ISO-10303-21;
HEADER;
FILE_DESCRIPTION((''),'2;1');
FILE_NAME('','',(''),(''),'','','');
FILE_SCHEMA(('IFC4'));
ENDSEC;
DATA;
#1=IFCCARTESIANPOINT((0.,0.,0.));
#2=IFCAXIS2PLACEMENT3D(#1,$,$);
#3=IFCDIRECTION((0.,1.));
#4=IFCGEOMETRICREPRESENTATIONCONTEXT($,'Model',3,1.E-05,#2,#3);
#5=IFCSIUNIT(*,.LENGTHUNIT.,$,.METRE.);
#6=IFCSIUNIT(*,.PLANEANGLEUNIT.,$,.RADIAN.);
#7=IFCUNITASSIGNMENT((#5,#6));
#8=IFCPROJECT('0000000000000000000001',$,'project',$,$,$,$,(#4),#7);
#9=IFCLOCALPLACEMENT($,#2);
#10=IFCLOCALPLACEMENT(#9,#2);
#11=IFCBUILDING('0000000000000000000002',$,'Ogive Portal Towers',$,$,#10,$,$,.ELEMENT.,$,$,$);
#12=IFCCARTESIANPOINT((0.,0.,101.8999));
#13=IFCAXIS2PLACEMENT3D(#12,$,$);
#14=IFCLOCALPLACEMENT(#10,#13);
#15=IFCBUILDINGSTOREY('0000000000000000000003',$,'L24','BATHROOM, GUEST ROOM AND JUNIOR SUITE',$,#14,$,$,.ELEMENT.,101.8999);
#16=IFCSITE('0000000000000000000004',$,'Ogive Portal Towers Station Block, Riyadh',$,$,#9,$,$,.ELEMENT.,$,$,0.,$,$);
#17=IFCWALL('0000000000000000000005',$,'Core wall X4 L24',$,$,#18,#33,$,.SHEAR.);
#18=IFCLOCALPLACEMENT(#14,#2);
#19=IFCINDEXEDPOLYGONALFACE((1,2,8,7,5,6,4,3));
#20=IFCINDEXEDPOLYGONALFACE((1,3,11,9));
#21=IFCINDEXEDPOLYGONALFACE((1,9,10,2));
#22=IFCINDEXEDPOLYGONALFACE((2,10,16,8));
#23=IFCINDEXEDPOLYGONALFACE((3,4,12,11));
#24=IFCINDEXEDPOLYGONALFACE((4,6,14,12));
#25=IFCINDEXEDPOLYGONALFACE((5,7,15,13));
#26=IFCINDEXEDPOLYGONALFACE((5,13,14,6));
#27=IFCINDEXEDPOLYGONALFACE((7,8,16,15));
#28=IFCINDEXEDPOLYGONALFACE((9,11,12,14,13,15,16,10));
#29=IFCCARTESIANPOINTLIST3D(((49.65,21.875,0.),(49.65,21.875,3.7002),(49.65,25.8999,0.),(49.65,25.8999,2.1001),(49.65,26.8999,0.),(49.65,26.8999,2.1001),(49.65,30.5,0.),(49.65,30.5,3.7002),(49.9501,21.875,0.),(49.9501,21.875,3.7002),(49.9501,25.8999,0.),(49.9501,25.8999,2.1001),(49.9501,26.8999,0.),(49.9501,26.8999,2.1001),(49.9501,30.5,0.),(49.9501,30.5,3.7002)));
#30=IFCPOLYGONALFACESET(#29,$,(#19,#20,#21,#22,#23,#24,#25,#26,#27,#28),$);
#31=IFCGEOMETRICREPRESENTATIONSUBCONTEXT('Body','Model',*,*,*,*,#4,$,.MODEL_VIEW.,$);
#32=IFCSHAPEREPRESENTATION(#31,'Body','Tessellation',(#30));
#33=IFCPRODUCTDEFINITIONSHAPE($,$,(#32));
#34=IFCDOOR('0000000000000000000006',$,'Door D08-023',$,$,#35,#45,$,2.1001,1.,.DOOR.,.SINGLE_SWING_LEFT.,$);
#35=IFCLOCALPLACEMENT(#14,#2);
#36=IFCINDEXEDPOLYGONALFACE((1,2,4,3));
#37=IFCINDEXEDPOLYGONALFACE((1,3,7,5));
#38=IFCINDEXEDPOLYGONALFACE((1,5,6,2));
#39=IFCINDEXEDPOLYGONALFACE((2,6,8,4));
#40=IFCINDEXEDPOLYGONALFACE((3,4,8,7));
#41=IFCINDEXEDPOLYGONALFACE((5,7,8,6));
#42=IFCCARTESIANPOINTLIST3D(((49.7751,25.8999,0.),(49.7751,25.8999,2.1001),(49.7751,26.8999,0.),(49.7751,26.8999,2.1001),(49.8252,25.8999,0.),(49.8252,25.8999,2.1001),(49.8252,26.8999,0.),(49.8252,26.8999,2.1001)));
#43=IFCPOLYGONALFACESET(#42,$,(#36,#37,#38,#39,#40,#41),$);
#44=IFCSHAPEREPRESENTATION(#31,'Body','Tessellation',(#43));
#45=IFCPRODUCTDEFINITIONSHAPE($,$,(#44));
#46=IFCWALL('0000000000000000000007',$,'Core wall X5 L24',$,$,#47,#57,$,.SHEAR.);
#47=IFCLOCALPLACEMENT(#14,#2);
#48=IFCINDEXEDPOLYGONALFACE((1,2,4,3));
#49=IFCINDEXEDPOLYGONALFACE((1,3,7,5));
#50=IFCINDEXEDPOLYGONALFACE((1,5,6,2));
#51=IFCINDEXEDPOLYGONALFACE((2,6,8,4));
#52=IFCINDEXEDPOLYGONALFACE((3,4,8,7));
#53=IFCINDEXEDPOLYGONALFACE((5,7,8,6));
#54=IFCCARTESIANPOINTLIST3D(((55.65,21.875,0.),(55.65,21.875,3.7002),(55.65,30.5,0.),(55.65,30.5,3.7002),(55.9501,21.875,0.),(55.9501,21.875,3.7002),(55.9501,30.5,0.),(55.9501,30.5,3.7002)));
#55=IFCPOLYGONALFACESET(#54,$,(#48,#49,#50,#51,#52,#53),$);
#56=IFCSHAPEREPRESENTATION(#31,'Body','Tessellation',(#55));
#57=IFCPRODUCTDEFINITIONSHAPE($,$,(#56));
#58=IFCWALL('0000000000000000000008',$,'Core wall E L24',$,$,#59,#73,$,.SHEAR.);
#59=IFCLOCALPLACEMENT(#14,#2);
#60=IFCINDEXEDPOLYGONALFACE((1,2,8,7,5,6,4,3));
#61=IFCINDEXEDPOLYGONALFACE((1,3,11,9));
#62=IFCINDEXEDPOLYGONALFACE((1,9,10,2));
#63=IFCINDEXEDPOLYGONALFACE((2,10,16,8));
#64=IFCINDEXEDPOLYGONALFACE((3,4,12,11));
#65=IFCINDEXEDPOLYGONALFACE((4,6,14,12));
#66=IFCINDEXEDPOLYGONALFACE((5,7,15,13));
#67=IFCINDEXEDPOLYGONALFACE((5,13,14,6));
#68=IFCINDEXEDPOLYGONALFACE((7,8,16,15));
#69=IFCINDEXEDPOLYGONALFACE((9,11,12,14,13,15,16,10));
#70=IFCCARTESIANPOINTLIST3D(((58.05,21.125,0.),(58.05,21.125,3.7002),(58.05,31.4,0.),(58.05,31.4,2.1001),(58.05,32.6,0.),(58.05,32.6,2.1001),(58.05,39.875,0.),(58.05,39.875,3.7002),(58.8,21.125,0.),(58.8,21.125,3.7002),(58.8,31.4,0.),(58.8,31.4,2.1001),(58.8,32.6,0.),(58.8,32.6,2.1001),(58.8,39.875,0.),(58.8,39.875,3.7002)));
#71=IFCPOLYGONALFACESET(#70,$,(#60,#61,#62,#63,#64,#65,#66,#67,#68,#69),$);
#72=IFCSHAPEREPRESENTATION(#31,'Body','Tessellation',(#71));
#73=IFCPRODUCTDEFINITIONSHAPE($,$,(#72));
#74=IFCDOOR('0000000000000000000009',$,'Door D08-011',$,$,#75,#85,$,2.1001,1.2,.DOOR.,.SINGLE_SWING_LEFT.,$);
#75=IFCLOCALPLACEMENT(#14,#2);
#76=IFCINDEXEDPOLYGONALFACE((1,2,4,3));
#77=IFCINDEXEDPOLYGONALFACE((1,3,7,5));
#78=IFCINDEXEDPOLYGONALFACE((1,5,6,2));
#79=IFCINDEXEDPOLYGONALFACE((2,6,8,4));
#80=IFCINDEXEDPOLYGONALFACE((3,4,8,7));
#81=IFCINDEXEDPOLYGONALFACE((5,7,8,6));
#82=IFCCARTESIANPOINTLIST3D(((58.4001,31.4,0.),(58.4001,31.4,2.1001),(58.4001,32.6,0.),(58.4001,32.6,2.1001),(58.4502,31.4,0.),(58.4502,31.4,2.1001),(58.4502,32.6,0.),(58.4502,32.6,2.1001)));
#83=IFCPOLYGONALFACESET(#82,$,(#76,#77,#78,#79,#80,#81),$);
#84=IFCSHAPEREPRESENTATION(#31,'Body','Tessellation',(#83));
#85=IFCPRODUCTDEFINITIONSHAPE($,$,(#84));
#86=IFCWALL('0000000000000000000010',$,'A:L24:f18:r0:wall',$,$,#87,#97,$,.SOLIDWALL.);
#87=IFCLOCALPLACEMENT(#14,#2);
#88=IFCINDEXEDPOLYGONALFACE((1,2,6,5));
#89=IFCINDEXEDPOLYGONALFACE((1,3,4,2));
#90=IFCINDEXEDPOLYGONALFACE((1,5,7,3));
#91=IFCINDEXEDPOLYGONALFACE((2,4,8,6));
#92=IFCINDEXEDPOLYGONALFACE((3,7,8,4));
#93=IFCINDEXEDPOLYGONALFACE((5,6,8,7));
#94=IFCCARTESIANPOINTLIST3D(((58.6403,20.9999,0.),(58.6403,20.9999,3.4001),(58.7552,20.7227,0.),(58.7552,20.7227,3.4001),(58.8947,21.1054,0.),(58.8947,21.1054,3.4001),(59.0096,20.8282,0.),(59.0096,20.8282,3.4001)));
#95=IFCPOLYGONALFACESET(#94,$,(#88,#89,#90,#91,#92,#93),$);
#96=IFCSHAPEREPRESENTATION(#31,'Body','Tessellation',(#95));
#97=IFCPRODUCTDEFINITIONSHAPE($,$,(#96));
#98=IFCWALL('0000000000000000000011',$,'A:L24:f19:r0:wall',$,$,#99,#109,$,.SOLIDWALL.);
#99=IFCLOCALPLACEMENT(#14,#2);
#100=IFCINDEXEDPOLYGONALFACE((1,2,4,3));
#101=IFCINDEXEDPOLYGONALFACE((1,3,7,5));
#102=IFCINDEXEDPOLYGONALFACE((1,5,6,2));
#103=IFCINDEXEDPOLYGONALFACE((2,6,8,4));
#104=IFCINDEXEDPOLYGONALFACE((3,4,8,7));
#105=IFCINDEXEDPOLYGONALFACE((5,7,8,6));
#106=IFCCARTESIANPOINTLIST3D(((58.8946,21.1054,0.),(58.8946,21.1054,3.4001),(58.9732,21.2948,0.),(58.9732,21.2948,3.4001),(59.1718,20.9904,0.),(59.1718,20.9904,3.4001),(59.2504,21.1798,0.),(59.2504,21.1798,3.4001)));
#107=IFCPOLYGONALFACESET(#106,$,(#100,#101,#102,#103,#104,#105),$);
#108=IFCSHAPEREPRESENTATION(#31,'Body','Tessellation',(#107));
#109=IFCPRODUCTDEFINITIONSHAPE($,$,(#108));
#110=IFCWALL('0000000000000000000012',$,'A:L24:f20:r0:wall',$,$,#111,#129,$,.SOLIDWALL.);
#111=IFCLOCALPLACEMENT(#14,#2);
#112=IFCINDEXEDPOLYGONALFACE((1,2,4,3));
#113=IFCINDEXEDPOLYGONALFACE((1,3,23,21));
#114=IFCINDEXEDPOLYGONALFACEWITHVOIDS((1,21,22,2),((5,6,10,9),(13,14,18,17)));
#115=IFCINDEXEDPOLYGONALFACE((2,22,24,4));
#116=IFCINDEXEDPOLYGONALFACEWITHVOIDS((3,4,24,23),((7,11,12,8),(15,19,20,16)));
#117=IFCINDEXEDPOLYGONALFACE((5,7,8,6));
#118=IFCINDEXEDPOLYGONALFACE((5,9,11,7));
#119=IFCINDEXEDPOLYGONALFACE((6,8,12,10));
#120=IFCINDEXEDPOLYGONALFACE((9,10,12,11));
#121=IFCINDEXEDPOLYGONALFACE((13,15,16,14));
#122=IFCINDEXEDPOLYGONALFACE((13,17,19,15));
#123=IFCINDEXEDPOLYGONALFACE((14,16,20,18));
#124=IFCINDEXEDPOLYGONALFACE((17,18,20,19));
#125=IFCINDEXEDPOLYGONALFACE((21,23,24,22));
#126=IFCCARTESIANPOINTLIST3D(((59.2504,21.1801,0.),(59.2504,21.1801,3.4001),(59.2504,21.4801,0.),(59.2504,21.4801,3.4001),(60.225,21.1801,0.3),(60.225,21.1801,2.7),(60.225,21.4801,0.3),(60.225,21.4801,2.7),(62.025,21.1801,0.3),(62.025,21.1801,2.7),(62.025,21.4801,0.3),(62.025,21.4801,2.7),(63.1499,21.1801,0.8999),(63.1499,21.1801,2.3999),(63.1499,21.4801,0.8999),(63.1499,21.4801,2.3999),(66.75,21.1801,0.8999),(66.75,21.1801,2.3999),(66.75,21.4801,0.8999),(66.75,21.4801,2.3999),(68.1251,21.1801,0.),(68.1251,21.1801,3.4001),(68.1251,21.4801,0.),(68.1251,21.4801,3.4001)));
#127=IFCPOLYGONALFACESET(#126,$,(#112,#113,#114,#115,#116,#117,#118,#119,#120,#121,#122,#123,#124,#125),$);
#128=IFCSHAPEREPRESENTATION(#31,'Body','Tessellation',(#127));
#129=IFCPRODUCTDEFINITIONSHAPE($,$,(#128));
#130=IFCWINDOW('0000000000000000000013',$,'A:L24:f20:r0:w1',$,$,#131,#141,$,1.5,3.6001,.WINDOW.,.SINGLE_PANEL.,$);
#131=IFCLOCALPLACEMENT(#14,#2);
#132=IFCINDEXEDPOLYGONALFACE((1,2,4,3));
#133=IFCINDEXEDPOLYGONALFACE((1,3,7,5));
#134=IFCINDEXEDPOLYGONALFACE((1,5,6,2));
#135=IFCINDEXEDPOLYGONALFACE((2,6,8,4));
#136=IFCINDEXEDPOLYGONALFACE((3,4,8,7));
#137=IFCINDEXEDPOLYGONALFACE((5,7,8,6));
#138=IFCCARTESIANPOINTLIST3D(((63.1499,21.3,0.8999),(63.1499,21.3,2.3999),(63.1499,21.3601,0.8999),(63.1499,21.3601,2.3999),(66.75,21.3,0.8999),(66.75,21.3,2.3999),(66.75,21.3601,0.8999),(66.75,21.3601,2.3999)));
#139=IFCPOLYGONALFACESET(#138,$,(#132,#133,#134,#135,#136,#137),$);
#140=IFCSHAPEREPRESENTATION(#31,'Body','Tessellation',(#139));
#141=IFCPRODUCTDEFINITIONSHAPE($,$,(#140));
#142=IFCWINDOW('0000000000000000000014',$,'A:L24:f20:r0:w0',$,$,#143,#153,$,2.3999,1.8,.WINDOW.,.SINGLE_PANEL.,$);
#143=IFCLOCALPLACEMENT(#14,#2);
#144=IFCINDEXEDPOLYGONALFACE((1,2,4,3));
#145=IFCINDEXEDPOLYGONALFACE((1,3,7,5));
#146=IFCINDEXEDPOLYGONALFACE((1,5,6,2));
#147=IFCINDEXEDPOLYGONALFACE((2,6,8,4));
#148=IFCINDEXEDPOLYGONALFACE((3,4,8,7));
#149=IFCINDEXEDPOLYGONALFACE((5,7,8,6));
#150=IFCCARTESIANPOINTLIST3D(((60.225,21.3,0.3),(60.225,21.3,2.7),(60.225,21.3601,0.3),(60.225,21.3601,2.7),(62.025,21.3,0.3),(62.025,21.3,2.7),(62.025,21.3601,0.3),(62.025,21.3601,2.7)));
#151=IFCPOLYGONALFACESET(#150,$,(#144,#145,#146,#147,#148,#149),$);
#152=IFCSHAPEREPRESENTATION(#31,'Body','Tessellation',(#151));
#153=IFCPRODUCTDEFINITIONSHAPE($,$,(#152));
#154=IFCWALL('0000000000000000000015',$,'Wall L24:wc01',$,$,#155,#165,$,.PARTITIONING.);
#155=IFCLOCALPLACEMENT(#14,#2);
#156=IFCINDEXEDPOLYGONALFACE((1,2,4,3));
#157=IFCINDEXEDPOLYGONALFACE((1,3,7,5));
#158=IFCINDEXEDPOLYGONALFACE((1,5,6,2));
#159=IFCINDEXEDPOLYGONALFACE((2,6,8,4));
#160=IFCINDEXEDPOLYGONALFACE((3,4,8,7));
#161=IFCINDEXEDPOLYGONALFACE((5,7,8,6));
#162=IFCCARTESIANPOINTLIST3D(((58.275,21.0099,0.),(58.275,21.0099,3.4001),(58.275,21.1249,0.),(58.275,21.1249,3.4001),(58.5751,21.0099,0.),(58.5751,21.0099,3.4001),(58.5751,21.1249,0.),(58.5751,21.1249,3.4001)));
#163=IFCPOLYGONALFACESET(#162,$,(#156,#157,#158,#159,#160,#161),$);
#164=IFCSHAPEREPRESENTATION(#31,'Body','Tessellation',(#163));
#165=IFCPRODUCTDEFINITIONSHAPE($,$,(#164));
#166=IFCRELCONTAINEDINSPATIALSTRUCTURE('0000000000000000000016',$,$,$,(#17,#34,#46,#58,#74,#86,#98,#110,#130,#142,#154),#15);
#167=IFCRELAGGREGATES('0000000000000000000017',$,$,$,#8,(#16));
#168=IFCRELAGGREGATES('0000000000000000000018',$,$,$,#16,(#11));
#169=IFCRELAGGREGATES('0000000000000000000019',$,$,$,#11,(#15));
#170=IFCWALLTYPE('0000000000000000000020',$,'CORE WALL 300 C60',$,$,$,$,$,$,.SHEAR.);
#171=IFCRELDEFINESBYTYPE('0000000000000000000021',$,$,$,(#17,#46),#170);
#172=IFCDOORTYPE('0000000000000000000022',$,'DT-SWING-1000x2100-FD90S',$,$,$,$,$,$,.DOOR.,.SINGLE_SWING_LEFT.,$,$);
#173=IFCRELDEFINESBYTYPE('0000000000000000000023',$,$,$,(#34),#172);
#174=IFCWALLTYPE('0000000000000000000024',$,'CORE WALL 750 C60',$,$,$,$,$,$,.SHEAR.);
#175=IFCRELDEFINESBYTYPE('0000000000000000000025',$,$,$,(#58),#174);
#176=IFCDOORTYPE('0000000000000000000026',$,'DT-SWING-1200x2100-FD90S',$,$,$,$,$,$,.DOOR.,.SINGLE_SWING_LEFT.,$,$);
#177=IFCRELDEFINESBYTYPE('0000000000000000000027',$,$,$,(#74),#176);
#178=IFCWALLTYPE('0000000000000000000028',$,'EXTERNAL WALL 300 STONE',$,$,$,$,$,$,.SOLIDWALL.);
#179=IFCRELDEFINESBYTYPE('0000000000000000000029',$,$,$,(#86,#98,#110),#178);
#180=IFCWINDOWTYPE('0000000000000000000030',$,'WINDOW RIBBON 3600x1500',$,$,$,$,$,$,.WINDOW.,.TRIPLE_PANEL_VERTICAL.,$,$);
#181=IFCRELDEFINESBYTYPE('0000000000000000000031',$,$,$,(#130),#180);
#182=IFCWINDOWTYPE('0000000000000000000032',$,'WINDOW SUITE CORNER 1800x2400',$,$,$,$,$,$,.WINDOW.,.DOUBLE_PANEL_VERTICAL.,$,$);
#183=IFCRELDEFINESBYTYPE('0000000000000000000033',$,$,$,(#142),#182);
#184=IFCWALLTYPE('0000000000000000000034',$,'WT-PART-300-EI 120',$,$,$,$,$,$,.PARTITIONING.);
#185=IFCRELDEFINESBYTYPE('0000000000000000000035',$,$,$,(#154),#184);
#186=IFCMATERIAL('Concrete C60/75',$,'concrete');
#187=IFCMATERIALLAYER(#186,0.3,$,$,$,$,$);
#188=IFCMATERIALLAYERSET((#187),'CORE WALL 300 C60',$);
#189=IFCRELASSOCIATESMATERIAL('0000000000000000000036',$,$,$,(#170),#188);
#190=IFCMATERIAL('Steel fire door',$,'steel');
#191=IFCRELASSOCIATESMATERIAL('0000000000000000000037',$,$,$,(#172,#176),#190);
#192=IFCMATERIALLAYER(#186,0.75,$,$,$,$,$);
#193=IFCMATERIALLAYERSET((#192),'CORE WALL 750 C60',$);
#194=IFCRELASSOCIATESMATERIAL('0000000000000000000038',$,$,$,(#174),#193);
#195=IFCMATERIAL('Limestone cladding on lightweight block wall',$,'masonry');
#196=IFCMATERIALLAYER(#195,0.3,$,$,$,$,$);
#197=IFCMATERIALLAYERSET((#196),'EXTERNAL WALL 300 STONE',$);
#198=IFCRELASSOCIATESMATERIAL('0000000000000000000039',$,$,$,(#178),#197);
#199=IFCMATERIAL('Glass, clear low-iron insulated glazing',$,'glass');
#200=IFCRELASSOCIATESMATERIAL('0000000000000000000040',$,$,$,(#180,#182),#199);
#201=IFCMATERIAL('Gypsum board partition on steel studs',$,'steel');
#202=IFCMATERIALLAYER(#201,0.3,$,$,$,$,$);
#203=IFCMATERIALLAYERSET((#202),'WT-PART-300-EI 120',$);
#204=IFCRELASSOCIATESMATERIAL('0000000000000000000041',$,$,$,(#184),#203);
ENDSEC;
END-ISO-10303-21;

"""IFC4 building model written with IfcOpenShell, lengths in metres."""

from ifc_helpers import new_model, si_unit, direction, frame, frame_2d, origin, place, context, subcontext, project, spatial, rectangle, extrude, material, layer, layer_set, type_object, element, fill, save


model = new_model("IFC4")

# Units and contexts
model_context = context("Model", 3, precision=1e-05, world=origin(), true_north=direction((0.0, 1.0)))
body_context = subcontext(model_context, "Body", "Model", "MODEL_VIEW")
ifc_project = project(units=[si_unit("LENGTHUNIT", "METRE"), si_unit("PLANEANGLEUNIT", "RADIAN")], contexts=[model_context])

# Site, building, storey
site_placement = place(None, origin())
site = spatial("IfcSite", under=ifc_project, at=site_placement, Name="Ogive Portal Towers Station Block, Riyadh", CompositionType="ELEMENT", RefElevation=0.0)
building_placement = place(site_placement, origin())
building = spatial("IfcBuilding", under=site, at=building_placement, Name="Ogive Portal Towers", CompositionType="ELEMENT")
storey_placement = place(building_placement, frame((0.0, 0.0, 101.8999)))
storey = spatial("IfcBuildingStorey", under=building, at=storey_placement, Name="L24", Description="BATHROOM, GUEST ROOM AND JUNIOR SUITE", CompositionType="ELEMENT", Elevation=101.8999)

# Wall, opening, door
ifc_material_1 = material(Name="Concrete C60/75", Category="concrete")
ifc_layer_1 = layer(ifc_material_1, 0.3)
ifc_layer_set_1 = layer_set([ifc_layer_1], Name="CORE WALL 300 C60")
wall_type_1 = type_object("IfcWallType", Name="CORE WALL 300 C60", PredefinedType="SHEAR", material=ifc_layer_set_1)
wall_1_placement = place(storey_placement, frame((49.8, 21.875, 0.0), z_axis=(0.0, 0.0, 1.0), x_axis=(0.0, 1.0, 0.0)))
wall_1 = element("IfcWall", 1, at=wall_1_placement, inside=storey, type_object=wall_type_1, Name="Core wall X4 L24", PredefinedType="SHEAR", context=body_context, shape_type="SweptSolid", body=[
    extrude(rectangle(XDim=8.625, YDim=0.3, at=frame_2d((4.3125, 0.0))), origin(), (0.0, 0.0, 1.0), 3.7002),
])
opening_1_placement = place(wall_1_placement, frame((4.0249, 0.0, 0.0)))
opening_1 = element("IfcOpeningElement", 2, at=opening_1_placement, cuts=wall_1, PredefinedType="OPENING", context=body_context, shape_type="SweptSolid", body=[
    extrude(rectangle(XDim=1.0, YDim=2.1001, at=frame_2d((0.5, 1.05))), frame((0.0, 0.1602, 0.0), z_axis=(0.0, -1.0, 0.0), x_axis=(1.0, 0.0, 0.0)), (0.0, 0.0, 1.0), 0.3201),
])
ifc_material_2 = material(Name="Steel fire door", Category="steel")
door_type_1 = type_object("IfcDoorType", Name="DT-SWING-1000x2100-FD90S", OperationType="SINGLE_SWING_LEFT", PredefinedType="DOOR", material=ifc_material_2)
door_1_placement = place(opening_1_placement, origin())
door_1 = element("IfcDoor", 3, at=door_1_placement, inside=storey, type_object=door_type_1, Name="Door D08-023", OperationType="SINGLE_SWING_LEFT", OverallHeight=2.1001, OverallWidth=1.0, PredefinedType="DOOR", context=body_context, shape_type="SweptSolid", body=[
    extrude(rectangle(XDim=1.0, YDim=2.1001, at=frame_2d((0.5, 1.05))), frame((0.0, 0.0249, 0.0), z_axis=(0.0, -1.0, 0.0), x_axis=(1.0, 0.0, 0.0)), (0.0, 0.0, 1.0), 0.05),
])
fill(opening_1, door_1)

# Wall
wall_2_placement = place(storey_placement, frame((55.8, 21.875, 0.0), z_axis=(0.0, 0.0, 1.0), x_axis=(0.0, 1.0, 0.0)))
element("IfcWall", 4, at=wall_2_placement, inside=storey, type_object=wall_type_1, Name="Core wall X5 L24", PredefinedType="SHEAR", context=body_context, shape_type="SweptSolid", body=[
    extrude(rectangle(XDim=8.625, YDim=0.3, at=frame_2d((4.3125, 0.0))), origin(), (0.0, 0.0, 1.0), 3.7002),
])

# Wall, opening, door
ifc_layer_2 = layer(ifc_material_1, 0.75)
ifc_layer_set_2 = layer_set([ifc_layer_2], Name="CORE WALL 750 C60")
wall_type_2 = type_object("IfcWallType", Name="CORE WALL 750 C60", PredefinedType="SHEAR", material=ifc_layer_set_2)
wall_3_placement = place(storey_placement, frame((58.425, 21.125, 0.0), z_axis=(0.0, 0.0, 1.0), x_axis=(0.0, 1.0, 0.0)))
wall_3 = element("IfcWall", 5, at=wall_3_placement, inside=storey, type_object=wall_type_2, Name="Core wall E L24", PredefinedType="SHEAR", context=body_context, shape_type="SweptSolid", body=[
    extrude(rectangle(XDim=18.75, YDim=0.75, at=frame_2d((9.375, 0.0))), origin(), (0.0, 0.0, 1.0), 3.7002),
])
opening_2_placement = place(wall_3_placement, frame((10.2749, 0.0, 0.0)))
opening_2 = element("IfcOpeningElement", 6, at=opening_2_placement, cuts=wall_3, PredefinedType="OPENING", context=body_context, shape_type="SweptSolid", body=[
    extrude(rectangle(XDim=1.2, YDim=2.1001, at=frame_2d((0.6001, 1.05))), frame((0.0, 0.385, 0.0), z_axis=(0.0, -1.0, 0.0), x_axis=(1.0, 0.0, 0.0)), (0.0, 0.0, 1.0), 0.77),
])
door_type_2 = type_object("IfcDoorType", Name="DT-SWING-1200x2100-FD90S", OperationType="SINGLE_SWING_LEFT", PredefinedType="DOOR", material=ifc_material_2)
door_2_placement = place(opening_2_placement, origin())
door_2 = element("IfcDoor", 7, at=door_2_placement, inside=storey, type_object=door_type_2, Name="Door D08-011", OperationType="SINGLE_SWING_LEFT", OverallHeight=2.1001, OverallWidth=1.2, PredefinedType="DOOR", context=body_context, shape_type="SweptSolid", body=[
    extrude(rectangle(XDim=1.2, YDim=2.1001, at=frame_2d((0.6001, 1.05))), frame((0.0, 0.0249, 0.0), z_axis=(0.0, -1.0, 0.0), x_axis=(1.0, 0.0, 0.0)), (0.0, 0.0, 1.0), 0.05),
])
fill(opening_2, door_2)

# Walls
ifc_material_3 = material(Name="Limestone cladding on lightweight block wall", Category="masonry")
ifc_layer_3 = layer(ifc_material_3, 0.3)
ifc_layer_set_3 = layer_set([ifc_layer_3], Name="EXTERNAL WALL 300 STONE")
wall_type_3 = type_object("IfcWallType", Name="EXTERNAL WALL 300 STONE", PredefinedType="SOLIDWALL", material=ifc_layer_set_3)
wall_4_placement = place(storey_placement, frame((58.6978, 20.8613, 0.0), z_axis=(0.0, 0.0, 1.0), x_axis=(0.923757, 0.382978, 0.0)))
element("IfcWall", 8, at=wall_4_placement, inside=storey, type_object=wall_type_3, Name="A:L24:f18:r0:wall", PredefinedType="SOLIDWALL", context=body_context, shape_type="SweptSolid", body=[
    extrude(rectangle(XDim=0.2754, YDim=0.3, at=frame_2d((0.1377, 0.0))), origin(), (0.0, 0.0, 1.0), 3.4001),
])
wall_5_placement = place(storey_placement, frame((59.0332, 21.0479, 0.0), z_axis=(0.0, 0.0, 1.0), x_axis=(0.383263, 0.923639, 0.0)))
element("IfcWall", 9, at=wall_5_placement, inside=storey, type_object=wall_type_3, Name="A:L24:f19:r0:wall", PredefinedType="SOLIDWALL", context=body_context, shape_type="SweptSolid", body=[
    extrude(rectangle(XDim=0.2051, YDim=0.3, at=frame_2d((0.1025, 0.0))), origin(), (0.0, 0.0, 1.0), 3.4001),
])

# Wall, openings, windows
wall_6_placement = place(storey_placement, frame((59.2502, 21.3301, 0.0), z_axis=(0.0, 0.0, 1.0), x_axis=(1.0, 0.0, 0.0)))
wall_6 = element("IfcWall", 10, at=wall_6_placement, inside=storey, type_object=wall_type_3, Name="A:L24:f20:r0:wall", PredefinedType="SOLIDWALL", context=body_context, shape_type="SweptSolid", body=[
    extrude(rectangle(XDim=8.8748, YDim=0.3, at=frame_2d((4.4375, 0.0))), origin(), (0.0, 0.0, 1.0), 3.4001),
])
opening_3_placement = place(wall_6_placement, frame((0.9749, 0.0, 0.3)))
opening_3 = element("IfcOpeningElement", 11, at=opening_3_placement, cuts=wall_6, PredefinedType="OPENING", context=body_context, shape_type="SweptSolid", body=[
    extrude(rectangle(XDim=1.8, YDim=2.3999, at=frame_2d((0.8999, 1.2))), frame((0.0, 0.1602, 0.0), z_axis=(0.0, -1.0, 0.0), x_axis=(1.0, 0.0, 0.0)), (0.0, 0.0, 1.0), 0.3201),
])
opening_4_placement = place(wall_6_placement, frame((3.8997, 0.0, 0.8999)))
opening_4 = element("IfcOpeningElement", 12, at=opening_4_placement, cuts=wall_6, PredefinedType="OPENING", context=body_context, shape_type="SweptSolid", body=[
    extrude(rectangle(XDim=3.6001, YDim=1.5, at=frame_2d((1.8, 0.75))), frame((0.0, 0.1602, 0.0), z_axis=(0.0, -1.0, 0.0), x_axis=(1.0, 0.0, 0.0)), (0.0, 0.0, 1.0), 0.3201),
])
ifc_material_4 = material(Name="Glass, clear low-iron insulated glazing", Category="glass")
window_type_1 = type_object("IfcWindowType", Name="WINDOW RIBBON 3600x1500", PartitioningType="TRIPLE_PANEL_VERTICAL", PredefinedType="WINDOW", material=ifc_material_4)
window_1_placement = place(opening_4_placement, origin())
window_1 = element("IfcWindow", 13, at=window_1_placement, inside=storey, type_object=window_type_1, Name="A:L24:f20:r0:w1", OverallHeight=1.5, OverallWidth=3.6001, PartitioningType="SINGLE_PANEL", PredefinedType="WINDOW", context=body_context, shape_type="SweptSolid", body=[
    extrude(rectangle(XDim=3.6001, YDim=1.5, at=frame_2d((1.8, 0.75))), frame((0.0, 0.03, 0.0), z_axis=(0.0, -1.0, 0.0), x_axis=(1.0, 0.0, 0.0)), (0.0, 0.0, 1.0), 0.0601),
])
fill(opening_4, window_1)
window_type_2 = type_object("IfcWindowType", Name="WINDOW SUITE CORNER 1800x2400", PartitioningType="DOUBLE_PANEL_VERTICAL", PredefinedType="WINDOW", material=ifc_material_4)
window_2_placement = place(opening_3_placement, origin())
window_2 = element("IfcWindow", 14, at=window_2_placement, inside=storey, type_object=window_type_2, Name="A:L24:f20:r0:w0", OverallHeight=2.3999, OverallWidth=1.8, PartitioningType="SINGLE_PANEL", PredefinedType="WINDOW", context=body_context, shape_type="SweptSolid", body=[
    extrude(rectangle(XDim=1.8, YDim=2.3999, at=frame_2d((0.8999, 1.2))), frame((0.0, 0.03, 0.0), z_axis=(0.0, -1.0, 0.0), x_axis=(1.0, 0.0, 0.0)), (0.0, 0.0, 1.0), 0.0601),
])
fill(opening_3, window_2)

# Wall
ifc_material_5 = material(Name="Gypsum board partition on steel studs", Category="steel")
ifc_layer_4 = layer(ifc_material_5, 0.3)
ifc_layer_set_4 = layer_set([ifc_layer_4], Name="WT-PART-300-EI 120")
wall_type_4 = type_object("IfcWallType", Name="WT-PART-300-EI 120", PredefinedType="PARTITIONING", material=ifc_layer_set_4)
wall_7_placement = place(storey_placement, frame((58.425, 21.125, 0.0), z_axis=(0.0, 0.0, 1.0), x_axis=(0.0, -1.0, 0.0)))
element("IfcWall", 15, at=wall_7_placement, inside=storey, type_object=wall_type_4, Name="Wall L24:wc01", PredefinedType="PARTITIONING", context=body_context, shape_type="SweptSolid", body=[
    extrude(rectangle(XDim=0.115, YDim=0.3, at=frame_2d((0.0576, 0.0))), origin(), (0.0, 0.0, 1.0), 3.4001),
])

save(model, "model.ifc")
